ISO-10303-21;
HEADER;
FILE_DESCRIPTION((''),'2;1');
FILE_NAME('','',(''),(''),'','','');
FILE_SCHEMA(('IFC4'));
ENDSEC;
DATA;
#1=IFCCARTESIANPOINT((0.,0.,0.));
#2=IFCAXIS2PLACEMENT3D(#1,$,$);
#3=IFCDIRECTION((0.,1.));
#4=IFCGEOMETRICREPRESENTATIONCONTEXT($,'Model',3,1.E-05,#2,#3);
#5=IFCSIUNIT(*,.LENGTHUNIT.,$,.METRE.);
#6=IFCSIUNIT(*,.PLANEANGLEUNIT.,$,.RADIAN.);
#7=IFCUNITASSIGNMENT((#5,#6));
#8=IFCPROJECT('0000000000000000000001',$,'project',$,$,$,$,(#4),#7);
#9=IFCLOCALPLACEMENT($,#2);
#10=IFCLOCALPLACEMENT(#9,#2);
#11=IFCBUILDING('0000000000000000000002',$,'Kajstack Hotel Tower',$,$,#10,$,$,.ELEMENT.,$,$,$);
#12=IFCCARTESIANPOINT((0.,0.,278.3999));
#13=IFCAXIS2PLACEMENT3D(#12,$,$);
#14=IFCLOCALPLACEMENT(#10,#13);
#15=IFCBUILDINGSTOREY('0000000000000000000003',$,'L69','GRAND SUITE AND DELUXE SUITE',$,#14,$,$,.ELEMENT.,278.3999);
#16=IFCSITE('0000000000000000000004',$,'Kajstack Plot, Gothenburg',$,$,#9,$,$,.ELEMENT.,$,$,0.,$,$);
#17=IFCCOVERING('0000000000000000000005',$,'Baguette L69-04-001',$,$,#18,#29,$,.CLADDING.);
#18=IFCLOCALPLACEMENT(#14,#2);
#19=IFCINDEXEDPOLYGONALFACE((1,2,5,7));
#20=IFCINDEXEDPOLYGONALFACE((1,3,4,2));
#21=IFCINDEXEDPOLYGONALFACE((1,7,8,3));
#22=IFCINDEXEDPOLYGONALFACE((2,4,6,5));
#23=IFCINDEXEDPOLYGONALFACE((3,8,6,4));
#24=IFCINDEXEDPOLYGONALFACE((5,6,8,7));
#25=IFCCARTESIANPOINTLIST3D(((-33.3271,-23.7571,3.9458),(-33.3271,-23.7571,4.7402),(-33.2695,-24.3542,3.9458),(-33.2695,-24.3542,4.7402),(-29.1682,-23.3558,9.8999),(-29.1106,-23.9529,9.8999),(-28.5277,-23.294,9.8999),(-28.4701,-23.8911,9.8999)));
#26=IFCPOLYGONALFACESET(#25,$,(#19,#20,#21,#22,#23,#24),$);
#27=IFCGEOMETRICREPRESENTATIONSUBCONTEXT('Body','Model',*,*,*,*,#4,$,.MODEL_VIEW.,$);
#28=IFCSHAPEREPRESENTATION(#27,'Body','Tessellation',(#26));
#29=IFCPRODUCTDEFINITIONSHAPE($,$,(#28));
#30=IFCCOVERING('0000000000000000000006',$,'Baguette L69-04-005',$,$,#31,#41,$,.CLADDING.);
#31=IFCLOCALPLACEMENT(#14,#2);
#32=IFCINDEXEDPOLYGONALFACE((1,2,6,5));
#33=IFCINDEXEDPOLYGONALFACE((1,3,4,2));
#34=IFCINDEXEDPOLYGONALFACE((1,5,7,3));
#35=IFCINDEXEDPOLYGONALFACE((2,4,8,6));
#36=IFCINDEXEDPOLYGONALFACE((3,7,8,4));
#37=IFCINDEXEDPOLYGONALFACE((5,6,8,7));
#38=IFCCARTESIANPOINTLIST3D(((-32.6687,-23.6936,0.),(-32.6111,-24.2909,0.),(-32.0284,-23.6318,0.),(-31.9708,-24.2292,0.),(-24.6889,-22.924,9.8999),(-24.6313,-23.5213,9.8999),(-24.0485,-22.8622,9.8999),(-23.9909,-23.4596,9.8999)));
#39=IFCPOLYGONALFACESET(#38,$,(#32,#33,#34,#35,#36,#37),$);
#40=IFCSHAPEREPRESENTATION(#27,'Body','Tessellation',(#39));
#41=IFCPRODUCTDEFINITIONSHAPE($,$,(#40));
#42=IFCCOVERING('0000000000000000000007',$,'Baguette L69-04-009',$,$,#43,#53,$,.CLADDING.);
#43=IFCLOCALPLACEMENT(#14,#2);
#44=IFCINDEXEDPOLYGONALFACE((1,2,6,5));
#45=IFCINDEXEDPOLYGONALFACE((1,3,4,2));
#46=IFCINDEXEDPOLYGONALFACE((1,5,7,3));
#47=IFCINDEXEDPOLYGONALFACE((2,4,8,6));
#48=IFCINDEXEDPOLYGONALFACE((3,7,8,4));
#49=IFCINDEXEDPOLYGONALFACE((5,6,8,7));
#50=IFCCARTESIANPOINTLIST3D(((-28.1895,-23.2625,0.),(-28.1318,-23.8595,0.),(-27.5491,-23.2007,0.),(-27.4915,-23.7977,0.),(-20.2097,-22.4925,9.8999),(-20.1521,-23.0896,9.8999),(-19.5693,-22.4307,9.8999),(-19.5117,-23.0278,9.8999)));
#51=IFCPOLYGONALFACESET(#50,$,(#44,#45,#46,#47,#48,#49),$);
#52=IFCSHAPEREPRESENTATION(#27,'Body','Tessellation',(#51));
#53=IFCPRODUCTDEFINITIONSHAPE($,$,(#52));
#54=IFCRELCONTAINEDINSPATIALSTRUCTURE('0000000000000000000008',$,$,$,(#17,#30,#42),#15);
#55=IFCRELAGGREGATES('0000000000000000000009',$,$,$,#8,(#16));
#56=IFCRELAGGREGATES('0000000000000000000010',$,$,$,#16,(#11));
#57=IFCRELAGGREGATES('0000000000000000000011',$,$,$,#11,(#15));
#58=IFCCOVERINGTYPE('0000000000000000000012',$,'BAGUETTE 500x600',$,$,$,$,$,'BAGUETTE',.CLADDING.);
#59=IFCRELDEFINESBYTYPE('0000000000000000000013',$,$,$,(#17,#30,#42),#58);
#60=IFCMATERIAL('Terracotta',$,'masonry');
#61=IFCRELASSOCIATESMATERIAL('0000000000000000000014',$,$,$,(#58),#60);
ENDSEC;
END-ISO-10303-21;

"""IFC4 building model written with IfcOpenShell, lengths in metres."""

from ifc_helpers import new_model, si_unit, direction, frame, origin, origin_2d, place, context, subcontext, project, spatial, polyline, rectangle, outline, extrude, material, material_profile, profile_set, type_object, element, save


model = new_model("IFC4")

# Units and contexts
model_context = context("Model", 3, precision=1e-05, world=origin(), true_north=direction((0.0, 1.0)))
body_context = subcontext(model_context, "Body", "Model", "MODEL_VIEW")
ifc_project = project(units=[si_unit("LENGTHUNIT", "METRE"), si_unit("PLANEANGLEUNIT", "RADIAN")], contexts=[model_context])

# Site, building, storey
site_placement = place(None, origin())
site = spatial("IfcSite", under=ifc_project, at=site_placement, Name="Kajstack Plot, Gothenburg", CompositionType="ELEMENT", RefElevation=0.0)
building_placement = place(site_placement, origin())
building = spatial("IfcBuilding", under=site, at=building_placement, Name="Kajstack Hotel Tower", CompositionType="ELEMENT")
storey_placement = place(building_placement, frame((0.0, 0.0, 278.3999)))
storey = spatial("IfcBuildingStorey", under=building, at=storey_placement, Name="L69", Description="GRAND SUITE AND DELUXE SUITE", CompositionType="ELEMENT", Elevation=278.3999)

# Coverings
ifc_material_1 = material(Name="Terracotta", Category="masonry")
ifc_material_profile = material_profile(ifc_material_1, rectangle(XDim=0.6001, YDim=0.5, at=origin_2d()), Name="Terracotta-clad concrete baguette 500 x 600")
ifc_profile_set = profile_set([ifc_material_profile], Name="Terracotta")
covering_type = type_object("IfcCoveringType", Name="BAGUETTE 500x600", ElementType="BAGUETTE", PredefinedType="CLADDING", material=ifc_profile_set)
covering_1_placement = place(storey_placement, frame((-33.3271, -23.7571, 0.0), z_axis=(0.096038, -0.995378, 0.0), x_axis=(0.995378, 0.096038, 0.0)))
element("IfcCovering", 1, at=covering_1_placement, inside=storey, type_object=covering_type, Name="Baguette L69-04-001", PredefinedType="CLADDING", context=body_context, shape_type="SweptSolid", body=[
    extrude(outline(polyline([(4.1782, 9.8999), (0.0, 4.7402), (0.0, 3.9458), (4.8218, 9.8999), (4.1782, 9.8999)])), origin(), (0.0, 0.0, 1.0), 0.5999),
])
covering_2_placement = place(storey_placement, frame((-32.6687, -23.6936, 0.0), z_axis=(0.095999, -0.995381, 0.0), x_axis=(0.995381, 0.095999, 0.0)))
element("IfcCovering", 2, at=covering_2_placement, inside=storey, type_object=covering_type, Name="Baguette L69-04-005", PredefinedType="CLADDING", context=body_context, shape_type="SweptSolid", body=[
    extrude(outline(polyline([(8.0168, 9.8999), (0.0, 0.0), (0.6433, 0.0), (8.6602, 9.8999), (8.0168, 9.8999)])), origin(), (0.0, 0.0, 1.0), 0.6001),
])
covering_3_placement = place(storey_placement, frame((-28.1895, -23.2625, 0.0), z_axis=(0.096038, -0.995378, 0.0), x_axis=(0.995378, 0.096038, 0.0)))
element("IfcCovering", 3, at=covering_3_placement, inside=storey, type_object=covering_type, Name="Baguette L69-04-009", PredefinedType="CLADDING", context=body_context, shape_type="SweptSolid", body=[
    extrude(outline(polyline([(8.0168, 9.8999), (0.0, 0.0), (0.6433, 0.0), (8.6602, 9.8999), (8.0168, 9.8999)])), origin(), (0.0, 0.0, 1.0), 0.5999),
])

save(model, "model.ifc")
